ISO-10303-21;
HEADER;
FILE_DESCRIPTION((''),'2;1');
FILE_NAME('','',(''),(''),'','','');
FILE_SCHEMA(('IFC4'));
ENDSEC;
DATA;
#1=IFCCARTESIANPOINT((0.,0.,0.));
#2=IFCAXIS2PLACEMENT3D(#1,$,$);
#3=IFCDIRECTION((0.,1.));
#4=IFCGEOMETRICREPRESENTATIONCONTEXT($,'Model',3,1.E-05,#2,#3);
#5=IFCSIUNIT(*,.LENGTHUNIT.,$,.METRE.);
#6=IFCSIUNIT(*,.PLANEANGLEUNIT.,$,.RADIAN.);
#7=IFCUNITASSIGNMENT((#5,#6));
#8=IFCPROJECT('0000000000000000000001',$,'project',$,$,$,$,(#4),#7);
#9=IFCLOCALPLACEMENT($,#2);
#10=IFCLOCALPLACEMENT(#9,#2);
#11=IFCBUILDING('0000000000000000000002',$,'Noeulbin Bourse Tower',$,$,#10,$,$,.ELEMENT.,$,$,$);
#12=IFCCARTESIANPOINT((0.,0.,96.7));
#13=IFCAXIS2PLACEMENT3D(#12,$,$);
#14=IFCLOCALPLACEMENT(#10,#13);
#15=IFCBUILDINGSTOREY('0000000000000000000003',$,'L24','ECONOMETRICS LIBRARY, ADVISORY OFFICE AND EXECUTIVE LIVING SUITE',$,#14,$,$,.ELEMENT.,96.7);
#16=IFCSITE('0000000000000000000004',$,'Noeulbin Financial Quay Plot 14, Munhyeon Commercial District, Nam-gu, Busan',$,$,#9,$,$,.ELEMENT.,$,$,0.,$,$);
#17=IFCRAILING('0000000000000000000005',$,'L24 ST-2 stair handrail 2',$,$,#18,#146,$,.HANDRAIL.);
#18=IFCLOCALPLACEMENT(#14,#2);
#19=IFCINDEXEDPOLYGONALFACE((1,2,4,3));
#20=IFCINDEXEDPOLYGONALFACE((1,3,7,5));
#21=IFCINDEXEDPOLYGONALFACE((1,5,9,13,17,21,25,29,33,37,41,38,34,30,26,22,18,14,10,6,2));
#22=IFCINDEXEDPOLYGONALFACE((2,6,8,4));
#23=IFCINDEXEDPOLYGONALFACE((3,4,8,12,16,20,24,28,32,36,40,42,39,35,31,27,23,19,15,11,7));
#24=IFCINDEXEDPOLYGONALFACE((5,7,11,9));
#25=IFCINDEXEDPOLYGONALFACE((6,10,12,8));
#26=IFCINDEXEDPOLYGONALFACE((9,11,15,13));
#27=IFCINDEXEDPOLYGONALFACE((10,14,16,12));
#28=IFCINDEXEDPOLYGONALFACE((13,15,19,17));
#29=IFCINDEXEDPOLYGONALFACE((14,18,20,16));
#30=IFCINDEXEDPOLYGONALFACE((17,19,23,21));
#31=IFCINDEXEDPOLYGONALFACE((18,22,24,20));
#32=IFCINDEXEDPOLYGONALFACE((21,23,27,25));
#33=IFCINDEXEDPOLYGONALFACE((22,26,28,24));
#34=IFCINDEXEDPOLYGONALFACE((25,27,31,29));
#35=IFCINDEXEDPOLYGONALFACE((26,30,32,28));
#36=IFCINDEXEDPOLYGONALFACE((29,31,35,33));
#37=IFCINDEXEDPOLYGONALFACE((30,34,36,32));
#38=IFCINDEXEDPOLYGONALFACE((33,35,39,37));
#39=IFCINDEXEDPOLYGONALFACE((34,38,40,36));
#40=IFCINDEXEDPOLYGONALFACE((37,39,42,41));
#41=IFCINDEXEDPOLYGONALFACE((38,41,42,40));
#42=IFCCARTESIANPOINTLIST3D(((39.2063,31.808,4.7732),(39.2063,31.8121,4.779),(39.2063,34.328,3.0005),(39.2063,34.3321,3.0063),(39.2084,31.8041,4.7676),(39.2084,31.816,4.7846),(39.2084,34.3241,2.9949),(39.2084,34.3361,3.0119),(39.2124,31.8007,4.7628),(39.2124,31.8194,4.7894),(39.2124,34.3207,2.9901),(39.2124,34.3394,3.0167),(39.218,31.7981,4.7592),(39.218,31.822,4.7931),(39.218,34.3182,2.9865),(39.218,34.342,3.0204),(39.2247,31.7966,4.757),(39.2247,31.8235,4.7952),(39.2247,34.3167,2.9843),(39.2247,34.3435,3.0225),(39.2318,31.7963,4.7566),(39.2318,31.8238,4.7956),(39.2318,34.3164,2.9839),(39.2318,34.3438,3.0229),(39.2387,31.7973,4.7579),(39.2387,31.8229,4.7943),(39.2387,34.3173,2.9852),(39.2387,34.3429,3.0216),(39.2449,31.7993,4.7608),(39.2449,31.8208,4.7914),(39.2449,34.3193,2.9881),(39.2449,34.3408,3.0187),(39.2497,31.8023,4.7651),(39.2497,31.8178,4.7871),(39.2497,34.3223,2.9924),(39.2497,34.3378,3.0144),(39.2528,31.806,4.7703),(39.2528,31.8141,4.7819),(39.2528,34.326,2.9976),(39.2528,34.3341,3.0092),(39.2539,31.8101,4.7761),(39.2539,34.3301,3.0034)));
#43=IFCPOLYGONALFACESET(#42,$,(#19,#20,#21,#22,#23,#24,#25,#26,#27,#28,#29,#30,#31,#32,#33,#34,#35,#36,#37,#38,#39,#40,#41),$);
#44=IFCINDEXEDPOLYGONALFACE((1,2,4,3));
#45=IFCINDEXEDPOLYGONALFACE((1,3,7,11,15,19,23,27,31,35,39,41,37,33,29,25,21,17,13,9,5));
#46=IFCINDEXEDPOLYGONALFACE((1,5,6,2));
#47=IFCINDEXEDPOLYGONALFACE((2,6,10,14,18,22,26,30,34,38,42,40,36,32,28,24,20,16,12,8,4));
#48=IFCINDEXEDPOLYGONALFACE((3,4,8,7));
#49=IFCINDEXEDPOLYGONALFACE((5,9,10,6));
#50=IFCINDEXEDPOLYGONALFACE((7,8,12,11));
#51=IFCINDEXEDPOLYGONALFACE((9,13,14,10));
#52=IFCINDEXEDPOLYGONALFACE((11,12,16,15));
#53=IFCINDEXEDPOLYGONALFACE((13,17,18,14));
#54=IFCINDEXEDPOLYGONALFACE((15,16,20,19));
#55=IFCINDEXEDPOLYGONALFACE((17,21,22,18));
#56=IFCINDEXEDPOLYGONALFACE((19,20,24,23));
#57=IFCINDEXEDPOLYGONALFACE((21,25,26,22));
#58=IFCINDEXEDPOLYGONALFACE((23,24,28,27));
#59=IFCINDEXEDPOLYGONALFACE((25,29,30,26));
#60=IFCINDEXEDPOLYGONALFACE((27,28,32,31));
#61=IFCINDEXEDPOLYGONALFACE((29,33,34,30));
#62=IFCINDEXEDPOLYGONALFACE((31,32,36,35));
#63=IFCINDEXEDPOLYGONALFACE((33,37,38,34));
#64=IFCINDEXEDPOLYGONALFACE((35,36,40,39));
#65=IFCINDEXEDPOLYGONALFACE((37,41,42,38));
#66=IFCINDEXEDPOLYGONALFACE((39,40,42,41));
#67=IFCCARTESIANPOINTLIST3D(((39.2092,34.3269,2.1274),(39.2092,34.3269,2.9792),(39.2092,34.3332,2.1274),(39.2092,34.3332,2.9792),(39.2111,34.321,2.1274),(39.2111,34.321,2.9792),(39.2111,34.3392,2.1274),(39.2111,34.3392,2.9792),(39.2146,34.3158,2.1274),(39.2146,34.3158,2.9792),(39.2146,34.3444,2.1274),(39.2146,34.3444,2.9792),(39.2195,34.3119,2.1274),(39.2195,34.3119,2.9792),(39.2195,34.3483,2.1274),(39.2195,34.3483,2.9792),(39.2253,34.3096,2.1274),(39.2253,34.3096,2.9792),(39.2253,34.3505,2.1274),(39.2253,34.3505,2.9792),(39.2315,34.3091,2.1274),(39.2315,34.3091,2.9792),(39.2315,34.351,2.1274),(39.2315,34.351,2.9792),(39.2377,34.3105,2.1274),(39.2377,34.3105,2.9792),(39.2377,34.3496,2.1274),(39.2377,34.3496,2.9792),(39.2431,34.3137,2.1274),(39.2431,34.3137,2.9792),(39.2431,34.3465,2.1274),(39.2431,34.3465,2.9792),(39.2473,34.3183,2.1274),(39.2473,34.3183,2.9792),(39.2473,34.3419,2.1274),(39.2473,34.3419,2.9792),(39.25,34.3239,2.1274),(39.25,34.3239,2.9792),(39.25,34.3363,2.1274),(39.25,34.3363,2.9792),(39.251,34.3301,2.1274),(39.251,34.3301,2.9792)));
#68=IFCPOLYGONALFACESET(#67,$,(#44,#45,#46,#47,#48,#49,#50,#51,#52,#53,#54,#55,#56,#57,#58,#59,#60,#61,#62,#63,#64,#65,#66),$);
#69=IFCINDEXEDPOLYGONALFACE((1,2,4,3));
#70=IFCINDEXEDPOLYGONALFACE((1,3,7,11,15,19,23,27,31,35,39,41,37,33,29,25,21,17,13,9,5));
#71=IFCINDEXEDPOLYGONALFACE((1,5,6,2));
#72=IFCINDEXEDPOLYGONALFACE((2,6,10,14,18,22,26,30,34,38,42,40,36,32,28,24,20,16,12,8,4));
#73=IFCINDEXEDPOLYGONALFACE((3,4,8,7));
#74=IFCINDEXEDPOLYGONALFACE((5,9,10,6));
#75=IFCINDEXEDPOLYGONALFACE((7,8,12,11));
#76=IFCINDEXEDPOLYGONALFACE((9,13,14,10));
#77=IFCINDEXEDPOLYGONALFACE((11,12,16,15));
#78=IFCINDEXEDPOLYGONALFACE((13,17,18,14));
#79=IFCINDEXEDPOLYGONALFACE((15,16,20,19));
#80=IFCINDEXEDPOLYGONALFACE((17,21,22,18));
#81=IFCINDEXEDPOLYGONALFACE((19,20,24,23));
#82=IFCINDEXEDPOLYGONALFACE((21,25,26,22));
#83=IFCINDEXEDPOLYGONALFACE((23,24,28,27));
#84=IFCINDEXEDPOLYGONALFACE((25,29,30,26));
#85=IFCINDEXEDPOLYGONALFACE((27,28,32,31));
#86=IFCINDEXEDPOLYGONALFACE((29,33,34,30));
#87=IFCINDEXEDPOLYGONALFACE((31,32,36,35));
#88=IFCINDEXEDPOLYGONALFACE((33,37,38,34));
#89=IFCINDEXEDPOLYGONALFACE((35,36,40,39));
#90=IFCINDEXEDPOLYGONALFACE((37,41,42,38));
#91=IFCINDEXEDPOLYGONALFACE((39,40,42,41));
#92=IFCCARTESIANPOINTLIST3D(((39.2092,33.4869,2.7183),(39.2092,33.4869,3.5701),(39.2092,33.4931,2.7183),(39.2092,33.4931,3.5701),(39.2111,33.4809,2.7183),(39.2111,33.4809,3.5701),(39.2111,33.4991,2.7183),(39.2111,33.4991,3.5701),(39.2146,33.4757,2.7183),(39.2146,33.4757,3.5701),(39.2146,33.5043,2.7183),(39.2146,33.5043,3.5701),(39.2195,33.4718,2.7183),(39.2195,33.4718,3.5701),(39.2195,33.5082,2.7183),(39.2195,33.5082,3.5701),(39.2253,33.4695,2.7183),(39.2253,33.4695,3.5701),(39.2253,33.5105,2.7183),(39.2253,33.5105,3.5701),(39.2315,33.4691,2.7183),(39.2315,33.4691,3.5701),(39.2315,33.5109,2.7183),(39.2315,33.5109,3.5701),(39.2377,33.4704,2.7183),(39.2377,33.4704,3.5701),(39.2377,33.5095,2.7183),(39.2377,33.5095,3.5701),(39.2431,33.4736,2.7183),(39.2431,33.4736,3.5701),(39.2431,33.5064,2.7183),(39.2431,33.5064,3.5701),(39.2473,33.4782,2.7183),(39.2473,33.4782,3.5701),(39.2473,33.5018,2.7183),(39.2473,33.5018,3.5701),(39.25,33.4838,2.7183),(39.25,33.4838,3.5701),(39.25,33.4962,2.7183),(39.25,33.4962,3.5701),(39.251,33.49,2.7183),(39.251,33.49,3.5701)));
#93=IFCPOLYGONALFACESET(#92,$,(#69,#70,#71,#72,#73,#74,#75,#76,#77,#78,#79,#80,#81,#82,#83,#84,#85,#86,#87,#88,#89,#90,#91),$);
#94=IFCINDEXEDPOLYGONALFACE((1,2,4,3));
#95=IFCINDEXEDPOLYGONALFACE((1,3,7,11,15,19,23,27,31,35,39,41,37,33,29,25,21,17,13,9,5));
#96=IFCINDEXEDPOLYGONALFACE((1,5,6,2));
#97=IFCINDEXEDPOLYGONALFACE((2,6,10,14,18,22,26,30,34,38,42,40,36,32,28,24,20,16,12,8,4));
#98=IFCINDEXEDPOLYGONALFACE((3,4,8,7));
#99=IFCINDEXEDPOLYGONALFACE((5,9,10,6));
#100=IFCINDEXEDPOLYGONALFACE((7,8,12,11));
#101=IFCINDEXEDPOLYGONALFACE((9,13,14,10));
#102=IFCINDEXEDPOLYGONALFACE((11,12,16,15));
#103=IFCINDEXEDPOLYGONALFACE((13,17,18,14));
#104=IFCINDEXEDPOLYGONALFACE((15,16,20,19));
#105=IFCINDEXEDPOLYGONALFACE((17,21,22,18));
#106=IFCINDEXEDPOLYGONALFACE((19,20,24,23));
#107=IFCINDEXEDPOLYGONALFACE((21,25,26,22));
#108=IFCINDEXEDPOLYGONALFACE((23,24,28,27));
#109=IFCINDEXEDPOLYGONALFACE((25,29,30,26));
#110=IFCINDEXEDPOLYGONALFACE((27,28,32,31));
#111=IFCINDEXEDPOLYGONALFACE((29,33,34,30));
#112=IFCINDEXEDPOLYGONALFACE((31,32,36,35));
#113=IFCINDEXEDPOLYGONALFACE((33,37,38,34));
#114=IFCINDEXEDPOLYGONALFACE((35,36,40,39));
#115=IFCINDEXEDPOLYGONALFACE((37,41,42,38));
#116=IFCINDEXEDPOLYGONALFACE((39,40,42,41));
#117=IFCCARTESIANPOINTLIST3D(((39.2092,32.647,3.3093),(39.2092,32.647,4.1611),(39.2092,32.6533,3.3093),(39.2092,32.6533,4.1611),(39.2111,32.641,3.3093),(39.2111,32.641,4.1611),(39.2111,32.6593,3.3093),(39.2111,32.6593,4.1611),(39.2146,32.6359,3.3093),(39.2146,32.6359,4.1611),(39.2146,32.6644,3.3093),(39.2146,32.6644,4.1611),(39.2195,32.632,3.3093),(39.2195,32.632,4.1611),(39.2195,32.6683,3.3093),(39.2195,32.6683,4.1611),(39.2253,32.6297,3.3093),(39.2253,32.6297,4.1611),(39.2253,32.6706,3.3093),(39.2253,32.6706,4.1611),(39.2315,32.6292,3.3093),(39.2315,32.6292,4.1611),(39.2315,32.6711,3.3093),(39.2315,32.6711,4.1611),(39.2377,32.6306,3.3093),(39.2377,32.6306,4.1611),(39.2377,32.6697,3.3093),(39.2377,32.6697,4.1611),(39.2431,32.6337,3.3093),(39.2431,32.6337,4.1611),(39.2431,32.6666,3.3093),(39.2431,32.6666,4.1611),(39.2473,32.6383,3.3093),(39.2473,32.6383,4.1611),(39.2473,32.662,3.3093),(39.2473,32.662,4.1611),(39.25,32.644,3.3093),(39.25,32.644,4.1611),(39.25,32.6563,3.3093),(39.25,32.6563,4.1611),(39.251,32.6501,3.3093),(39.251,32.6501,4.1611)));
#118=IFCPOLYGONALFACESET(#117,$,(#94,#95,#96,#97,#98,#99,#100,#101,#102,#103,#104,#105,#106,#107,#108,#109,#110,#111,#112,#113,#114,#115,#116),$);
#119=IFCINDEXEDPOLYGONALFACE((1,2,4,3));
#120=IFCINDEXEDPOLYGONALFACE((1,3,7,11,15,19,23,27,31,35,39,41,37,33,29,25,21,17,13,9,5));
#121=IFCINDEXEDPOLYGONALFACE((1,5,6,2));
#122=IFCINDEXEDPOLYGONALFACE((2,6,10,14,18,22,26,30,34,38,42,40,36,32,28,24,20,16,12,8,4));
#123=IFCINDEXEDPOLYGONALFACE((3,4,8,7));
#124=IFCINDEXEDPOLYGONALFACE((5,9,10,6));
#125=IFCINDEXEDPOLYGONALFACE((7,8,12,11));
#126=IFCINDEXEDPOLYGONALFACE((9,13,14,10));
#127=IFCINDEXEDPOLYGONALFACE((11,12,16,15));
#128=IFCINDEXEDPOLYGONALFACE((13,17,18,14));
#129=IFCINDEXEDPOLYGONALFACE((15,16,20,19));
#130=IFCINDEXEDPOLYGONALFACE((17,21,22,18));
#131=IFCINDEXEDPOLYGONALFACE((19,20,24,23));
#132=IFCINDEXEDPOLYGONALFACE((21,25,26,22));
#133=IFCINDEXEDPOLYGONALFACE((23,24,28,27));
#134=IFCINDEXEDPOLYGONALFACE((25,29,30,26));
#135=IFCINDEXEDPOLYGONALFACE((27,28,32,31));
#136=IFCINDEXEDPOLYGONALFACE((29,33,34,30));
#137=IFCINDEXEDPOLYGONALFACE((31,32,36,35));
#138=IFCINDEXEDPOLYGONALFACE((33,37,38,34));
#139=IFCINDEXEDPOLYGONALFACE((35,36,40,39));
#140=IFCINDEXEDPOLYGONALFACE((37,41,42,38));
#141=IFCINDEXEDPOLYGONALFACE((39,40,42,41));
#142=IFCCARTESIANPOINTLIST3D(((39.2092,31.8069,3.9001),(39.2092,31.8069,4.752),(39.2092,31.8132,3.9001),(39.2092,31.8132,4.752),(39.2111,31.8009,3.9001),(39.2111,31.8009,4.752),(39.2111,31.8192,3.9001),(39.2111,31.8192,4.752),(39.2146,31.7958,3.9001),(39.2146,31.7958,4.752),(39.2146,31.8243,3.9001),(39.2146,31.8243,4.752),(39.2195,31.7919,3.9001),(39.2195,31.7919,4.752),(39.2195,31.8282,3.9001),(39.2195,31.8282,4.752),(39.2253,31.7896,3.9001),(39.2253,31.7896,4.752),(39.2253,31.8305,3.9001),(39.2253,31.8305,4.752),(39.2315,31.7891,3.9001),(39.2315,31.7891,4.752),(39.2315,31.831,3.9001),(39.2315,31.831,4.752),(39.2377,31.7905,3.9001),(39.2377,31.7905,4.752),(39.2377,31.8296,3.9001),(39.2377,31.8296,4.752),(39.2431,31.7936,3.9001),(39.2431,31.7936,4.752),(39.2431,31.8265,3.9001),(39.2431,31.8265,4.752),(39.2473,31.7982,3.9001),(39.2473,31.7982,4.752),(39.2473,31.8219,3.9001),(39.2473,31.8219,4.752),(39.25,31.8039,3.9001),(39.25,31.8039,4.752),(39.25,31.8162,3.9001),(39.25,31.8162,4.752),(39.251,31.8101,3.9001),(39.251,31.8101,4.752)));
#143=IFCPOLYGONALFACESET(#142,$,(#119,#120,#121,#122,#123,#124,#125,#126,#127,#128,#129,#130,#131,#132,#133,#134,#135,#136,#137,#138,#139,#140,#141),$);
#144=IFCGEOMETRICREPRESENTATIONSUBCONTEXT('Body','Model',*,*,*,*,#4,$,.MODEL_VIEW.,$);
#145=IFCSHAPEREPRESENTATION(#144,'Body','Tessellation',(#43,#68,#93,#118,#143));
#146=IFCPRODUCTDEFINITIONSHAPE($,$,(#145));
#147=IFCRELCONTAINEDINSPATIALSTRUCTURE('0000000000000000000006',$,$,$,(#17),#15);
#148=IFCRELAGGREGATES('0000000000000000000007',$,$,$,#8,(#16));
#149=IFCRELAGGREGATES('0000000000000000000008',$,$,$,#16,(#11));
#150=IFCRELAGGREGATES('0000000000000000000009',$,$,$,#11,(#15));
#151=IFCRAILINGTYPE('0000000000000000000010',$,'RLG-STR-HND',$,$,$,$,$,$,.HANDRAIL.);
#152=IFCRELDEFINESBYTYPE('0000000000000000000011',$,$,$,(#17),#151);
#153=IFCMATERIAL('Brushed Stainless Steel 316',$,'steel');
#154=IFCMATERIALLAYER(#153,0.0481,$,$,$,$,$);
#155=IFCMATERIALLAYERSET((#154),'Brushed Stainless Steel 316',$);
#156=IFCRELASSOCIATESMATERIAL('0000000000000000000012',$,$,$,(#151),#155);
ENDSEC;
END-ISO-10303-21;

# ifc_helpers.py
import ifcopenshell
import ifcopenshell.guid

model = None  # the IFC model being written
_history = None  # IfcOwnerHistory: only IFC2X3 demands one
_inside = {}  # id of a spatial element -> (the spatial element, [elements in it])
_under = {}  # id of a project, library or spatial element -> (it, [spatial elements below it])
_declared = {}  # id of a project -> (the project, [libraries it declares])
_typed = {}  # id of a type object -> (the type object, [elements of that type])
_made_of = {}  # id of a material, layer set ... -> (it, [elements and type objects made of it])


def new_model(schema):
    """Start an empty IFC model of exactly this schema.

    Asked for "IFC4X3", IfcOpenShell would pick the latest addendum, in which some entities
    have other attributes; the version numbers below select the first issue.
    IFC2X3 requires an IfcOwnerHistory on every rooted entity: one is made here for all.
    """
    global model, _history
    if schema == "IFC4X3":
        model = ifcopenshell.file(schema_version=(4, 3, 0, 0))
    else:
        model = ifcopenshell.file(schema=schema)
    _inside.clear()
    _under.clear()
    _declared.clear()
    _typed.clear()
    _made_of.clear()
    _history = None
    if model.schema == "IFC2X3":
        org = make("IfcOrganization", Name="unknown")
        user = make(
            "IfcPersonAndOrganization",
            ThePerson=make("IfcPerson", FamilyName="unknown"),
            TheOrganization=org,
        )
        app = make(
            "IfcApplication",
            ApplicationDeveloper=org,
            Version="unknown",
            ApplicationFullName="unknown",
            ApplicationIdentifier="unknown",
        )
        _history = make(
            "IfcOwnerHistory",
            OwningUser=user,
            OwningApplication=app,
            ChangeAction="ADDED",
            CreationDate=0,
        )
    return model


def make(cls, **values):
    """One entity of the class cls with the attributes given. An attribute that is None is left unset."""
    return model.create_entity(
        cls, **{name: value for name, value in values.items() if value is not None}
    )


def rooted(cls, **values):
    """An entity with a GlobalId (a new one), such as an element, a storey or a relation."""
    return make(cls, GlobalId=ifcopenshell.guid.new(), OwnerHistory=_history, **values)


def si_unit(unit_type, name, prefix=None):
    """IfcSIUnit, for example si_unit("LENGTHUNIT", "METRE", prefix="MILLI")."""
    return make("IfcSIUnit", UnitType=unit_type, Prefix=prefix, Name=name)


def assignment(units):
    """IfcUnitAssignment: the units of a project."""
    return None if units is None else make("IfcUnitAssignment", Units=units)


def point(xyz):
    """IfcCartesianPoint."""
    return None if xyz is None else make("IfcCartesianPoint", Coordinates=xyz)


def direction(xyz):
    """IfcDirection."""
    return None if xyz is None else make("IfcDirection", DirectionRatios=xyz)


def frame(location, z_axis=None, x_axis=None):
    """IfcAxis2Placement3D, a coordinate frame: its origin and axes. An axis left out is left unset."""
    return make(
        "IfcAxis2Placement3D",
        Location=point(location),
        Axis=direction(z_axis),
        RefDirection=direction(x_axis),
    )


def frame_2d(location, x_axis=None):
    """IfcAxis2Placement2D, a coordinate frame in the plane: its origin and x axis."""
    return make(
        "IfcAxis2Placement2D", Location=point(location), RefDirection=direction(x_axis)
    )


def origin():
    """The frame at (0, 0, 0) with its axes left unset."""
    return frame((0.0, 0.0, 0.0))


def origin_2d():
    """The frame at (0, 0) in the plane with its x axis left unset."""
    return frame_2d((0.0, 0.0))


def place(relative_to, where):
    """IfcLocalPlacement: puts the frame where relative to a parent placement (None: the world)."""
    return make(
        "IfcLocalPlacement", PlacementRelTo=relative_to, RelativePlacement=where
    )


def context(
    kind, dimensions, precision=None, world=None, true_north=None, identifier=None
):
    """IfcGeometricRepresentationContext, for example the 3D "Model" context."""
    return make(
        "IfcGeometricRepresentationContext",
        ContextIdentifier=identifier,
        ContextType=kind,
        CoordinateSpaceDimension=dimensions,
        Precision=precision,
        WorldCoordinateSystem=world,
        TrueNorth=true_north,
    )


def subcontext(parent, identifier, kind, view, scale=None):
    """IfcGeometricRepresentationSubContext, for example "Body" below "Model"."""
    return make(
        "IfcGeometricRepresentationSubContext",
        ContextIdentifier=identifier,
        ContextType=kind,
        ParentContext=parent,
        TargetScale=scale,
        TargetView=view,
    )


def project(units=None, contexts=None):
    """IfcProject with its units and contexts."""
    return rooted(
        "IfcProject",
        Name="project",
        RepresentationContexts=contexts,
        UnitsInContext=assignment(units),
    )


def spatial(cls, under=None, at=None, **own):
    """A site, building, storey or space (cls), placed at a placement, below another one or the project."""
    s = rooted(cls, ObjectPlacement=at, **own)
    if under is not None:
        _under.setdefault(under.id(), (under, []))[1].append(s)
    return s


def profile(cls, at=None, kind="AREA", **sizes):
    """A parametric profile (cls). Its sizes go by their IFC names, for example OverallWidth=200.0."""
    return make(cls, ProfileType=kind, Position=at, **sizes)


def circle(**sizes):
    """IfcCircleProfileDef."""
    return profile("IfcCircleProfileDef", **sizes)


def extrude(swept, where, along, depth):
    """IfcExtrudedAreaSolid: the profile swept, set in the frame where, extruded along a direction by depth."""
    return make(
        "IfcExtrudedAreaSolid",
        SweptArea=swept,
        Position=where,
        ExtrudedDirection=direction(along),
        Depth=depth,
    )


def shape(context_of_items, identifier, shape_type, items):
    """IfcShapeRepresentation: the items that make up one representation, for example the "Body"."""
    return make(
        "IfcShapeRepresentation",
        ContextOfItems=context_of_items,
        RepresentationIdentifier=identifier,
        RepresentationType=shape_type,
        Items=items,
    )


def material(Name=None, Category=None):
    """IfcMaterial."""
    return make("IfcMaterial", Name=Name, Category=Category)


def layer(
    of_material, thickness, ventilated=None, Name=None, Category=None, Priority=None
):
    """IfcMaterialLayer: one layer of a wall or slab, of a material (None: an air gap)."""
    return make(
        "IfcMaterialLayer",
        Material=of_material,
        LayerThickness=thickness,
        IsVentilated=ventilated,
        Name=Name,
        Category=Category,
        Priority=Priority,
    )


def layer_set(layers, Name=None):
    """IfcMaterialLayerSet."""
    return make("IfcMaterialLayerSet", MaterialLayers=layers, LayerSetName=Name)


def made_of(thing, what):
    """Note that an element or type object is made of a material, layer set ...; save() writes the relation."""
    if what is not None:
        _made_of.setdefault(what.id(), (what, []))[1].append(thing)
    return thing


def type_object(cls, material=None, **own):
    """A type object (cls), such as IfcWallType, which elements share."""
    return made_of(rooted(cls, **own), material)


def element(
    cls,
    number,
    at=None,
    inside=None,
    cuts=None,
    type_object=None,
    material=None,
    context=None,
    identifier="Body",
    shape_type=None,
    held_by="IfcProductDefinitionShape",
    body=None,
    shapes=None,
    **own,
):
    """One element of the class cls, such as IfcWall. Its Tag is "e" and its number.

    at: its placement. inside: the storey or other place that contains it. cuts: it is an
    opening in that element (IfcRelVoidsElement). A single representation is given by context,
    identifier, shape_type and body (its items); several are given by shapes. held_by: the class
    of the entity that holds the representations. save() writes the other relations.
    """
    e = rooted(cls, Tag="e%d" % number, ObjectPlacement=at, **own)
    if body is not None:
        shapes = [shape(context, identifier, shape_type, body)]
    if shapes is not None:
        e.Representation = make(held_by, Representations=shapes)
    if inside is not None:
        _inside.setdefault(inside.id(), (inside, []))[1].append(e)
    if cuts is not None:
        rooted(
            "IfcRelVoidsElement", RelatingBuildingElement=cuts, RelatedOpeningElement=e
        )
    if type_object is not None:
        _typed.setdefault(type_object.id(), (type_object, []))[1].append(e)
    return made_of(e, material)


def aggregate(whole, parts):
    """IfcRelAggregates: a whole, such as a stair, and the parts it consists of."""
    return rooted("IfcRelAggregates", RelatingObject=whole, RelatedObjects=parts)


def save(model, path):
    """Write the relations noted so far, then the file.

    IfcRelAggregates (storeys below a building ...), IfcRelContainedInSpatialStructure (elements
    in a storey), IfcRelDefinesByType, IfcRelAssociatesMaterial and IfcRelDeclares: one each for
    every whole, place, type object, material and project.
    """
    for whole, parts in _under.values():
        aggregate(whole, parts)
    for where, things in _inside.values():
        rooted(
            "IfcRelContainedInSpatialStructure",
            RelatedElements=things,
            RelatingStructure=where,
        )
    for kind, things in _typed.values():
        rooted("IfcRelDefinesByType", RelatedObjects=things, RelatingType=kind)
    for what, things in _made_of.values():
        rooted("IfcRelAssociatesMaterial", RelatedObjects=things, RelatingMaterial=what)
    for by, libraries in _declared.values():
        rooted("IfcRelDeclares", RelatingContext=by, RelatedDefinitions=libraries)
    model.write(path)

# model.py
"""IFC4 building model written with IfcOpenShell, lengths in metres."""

from ifc_helpers import new_model, si_unit, direction, frame, origin, origin_2d, place, context, subcontext, project, spatial, circle, extrude, material, layer, layer_set, type_object, element, save


model = new_model("IFC4")

# Units and contexts
model_context = context("Model", 3, precision=1e-05, world=origin(), true_north=direction((0.0, 1.0)))
body_context = subcontext(model_context, "Body", "Model", "MODEL_VIEW")
ifc_project = project(units=[si_unit("LENGTHUNIT", "METRE"), si_unit("PLANEANGLEUNIT", "RADIAN")], contexts=[model_context])

# Site, building, storey
site_placement = place(None, origin())
site = spatial("IfcSite", under=ifc_project, at=site_placement, Name="Noeulbin Financial Quay Plot 14, Munhyeon Commercial District, Nam-gu, Busan", CompositionType="ELEMENT", RefElevation=0.0)
building_placement = place(site_placement, origin())
building = spatial("IfcBuilding", under=site, at=building_placement, Name="Noeulbin Bourse Tower", CompositionType="ELEMENT")
storey_placement = place(building_placement, frame((0.0, 0.0, 96.7)))
storey = spatial("IfcBuildingStorey", under=building, at=storey_placement, Name="L24", Description="ECONOMETRICS LIBRARY, ADVISORY OFFICE AND EXECUTIVE LIVING SUITE", CompositionType="ELEMENT", Elevation=96.7)

# Shared definitions
ifc_material_1 = material(Name="Brushed Stainless Steel 316", Category="steel")

# Railing
ifc_layer_1 = layer(ifc_material_1, 0.0481)
ifc_layer_set_1 = layer_set([ifc_layer_1], Name="Brushed Stainless Steel 316")
railing_type = type_object("IfcRailingType", Name="RLG-STR-HND", PredefinedType="HANDRAIL", material=ifc_layer_set_1)
railing_placement = place(storey_placement, frame((39.23, 34.3301, 2.1274)))
element("IfcRailing", 1, at=railing_placement, inside=storey, type_object=railing_type, Name="L24 ST-2 stair handrail 2", PredefinedType="HANDRAIL", context=body_context, shape_type="SweptSolid", body=[
    extrude(circle(Radius=0.0239, at=origin_2d()), frame((0.0, 0.0, 0.876), z_axis=(0.0, -0.817904, 0.575354), x_axis=(1.0, 0.0, 0.0)), (0.0, 0.0, 1.0), 3.0811),
    extrude(circle(Radius=0.021, at=origin_2d()), origin(), (0.0, 0.0, 1.0), 0.8518),
    extrude(circle(Radius=0.021, at=origin_2d()), frame((0.0, -0.8401, 0.5908)), (0.0, 0.0, 1.0), 0.8518),
    extrude(circle(Radius=0.021, at=origin_2d()), frame((0.0, -1.6799, 1.1819)), (0.0, 0.0, 1.0), 0.8518),
    extrude(circle(Radius=0.021, at=origin_2d()), frame((0.0, -2.52, 1.7727)), (0.0, 0.0, 1.0), 0.8518),
])

save(model, "model.ifc")
